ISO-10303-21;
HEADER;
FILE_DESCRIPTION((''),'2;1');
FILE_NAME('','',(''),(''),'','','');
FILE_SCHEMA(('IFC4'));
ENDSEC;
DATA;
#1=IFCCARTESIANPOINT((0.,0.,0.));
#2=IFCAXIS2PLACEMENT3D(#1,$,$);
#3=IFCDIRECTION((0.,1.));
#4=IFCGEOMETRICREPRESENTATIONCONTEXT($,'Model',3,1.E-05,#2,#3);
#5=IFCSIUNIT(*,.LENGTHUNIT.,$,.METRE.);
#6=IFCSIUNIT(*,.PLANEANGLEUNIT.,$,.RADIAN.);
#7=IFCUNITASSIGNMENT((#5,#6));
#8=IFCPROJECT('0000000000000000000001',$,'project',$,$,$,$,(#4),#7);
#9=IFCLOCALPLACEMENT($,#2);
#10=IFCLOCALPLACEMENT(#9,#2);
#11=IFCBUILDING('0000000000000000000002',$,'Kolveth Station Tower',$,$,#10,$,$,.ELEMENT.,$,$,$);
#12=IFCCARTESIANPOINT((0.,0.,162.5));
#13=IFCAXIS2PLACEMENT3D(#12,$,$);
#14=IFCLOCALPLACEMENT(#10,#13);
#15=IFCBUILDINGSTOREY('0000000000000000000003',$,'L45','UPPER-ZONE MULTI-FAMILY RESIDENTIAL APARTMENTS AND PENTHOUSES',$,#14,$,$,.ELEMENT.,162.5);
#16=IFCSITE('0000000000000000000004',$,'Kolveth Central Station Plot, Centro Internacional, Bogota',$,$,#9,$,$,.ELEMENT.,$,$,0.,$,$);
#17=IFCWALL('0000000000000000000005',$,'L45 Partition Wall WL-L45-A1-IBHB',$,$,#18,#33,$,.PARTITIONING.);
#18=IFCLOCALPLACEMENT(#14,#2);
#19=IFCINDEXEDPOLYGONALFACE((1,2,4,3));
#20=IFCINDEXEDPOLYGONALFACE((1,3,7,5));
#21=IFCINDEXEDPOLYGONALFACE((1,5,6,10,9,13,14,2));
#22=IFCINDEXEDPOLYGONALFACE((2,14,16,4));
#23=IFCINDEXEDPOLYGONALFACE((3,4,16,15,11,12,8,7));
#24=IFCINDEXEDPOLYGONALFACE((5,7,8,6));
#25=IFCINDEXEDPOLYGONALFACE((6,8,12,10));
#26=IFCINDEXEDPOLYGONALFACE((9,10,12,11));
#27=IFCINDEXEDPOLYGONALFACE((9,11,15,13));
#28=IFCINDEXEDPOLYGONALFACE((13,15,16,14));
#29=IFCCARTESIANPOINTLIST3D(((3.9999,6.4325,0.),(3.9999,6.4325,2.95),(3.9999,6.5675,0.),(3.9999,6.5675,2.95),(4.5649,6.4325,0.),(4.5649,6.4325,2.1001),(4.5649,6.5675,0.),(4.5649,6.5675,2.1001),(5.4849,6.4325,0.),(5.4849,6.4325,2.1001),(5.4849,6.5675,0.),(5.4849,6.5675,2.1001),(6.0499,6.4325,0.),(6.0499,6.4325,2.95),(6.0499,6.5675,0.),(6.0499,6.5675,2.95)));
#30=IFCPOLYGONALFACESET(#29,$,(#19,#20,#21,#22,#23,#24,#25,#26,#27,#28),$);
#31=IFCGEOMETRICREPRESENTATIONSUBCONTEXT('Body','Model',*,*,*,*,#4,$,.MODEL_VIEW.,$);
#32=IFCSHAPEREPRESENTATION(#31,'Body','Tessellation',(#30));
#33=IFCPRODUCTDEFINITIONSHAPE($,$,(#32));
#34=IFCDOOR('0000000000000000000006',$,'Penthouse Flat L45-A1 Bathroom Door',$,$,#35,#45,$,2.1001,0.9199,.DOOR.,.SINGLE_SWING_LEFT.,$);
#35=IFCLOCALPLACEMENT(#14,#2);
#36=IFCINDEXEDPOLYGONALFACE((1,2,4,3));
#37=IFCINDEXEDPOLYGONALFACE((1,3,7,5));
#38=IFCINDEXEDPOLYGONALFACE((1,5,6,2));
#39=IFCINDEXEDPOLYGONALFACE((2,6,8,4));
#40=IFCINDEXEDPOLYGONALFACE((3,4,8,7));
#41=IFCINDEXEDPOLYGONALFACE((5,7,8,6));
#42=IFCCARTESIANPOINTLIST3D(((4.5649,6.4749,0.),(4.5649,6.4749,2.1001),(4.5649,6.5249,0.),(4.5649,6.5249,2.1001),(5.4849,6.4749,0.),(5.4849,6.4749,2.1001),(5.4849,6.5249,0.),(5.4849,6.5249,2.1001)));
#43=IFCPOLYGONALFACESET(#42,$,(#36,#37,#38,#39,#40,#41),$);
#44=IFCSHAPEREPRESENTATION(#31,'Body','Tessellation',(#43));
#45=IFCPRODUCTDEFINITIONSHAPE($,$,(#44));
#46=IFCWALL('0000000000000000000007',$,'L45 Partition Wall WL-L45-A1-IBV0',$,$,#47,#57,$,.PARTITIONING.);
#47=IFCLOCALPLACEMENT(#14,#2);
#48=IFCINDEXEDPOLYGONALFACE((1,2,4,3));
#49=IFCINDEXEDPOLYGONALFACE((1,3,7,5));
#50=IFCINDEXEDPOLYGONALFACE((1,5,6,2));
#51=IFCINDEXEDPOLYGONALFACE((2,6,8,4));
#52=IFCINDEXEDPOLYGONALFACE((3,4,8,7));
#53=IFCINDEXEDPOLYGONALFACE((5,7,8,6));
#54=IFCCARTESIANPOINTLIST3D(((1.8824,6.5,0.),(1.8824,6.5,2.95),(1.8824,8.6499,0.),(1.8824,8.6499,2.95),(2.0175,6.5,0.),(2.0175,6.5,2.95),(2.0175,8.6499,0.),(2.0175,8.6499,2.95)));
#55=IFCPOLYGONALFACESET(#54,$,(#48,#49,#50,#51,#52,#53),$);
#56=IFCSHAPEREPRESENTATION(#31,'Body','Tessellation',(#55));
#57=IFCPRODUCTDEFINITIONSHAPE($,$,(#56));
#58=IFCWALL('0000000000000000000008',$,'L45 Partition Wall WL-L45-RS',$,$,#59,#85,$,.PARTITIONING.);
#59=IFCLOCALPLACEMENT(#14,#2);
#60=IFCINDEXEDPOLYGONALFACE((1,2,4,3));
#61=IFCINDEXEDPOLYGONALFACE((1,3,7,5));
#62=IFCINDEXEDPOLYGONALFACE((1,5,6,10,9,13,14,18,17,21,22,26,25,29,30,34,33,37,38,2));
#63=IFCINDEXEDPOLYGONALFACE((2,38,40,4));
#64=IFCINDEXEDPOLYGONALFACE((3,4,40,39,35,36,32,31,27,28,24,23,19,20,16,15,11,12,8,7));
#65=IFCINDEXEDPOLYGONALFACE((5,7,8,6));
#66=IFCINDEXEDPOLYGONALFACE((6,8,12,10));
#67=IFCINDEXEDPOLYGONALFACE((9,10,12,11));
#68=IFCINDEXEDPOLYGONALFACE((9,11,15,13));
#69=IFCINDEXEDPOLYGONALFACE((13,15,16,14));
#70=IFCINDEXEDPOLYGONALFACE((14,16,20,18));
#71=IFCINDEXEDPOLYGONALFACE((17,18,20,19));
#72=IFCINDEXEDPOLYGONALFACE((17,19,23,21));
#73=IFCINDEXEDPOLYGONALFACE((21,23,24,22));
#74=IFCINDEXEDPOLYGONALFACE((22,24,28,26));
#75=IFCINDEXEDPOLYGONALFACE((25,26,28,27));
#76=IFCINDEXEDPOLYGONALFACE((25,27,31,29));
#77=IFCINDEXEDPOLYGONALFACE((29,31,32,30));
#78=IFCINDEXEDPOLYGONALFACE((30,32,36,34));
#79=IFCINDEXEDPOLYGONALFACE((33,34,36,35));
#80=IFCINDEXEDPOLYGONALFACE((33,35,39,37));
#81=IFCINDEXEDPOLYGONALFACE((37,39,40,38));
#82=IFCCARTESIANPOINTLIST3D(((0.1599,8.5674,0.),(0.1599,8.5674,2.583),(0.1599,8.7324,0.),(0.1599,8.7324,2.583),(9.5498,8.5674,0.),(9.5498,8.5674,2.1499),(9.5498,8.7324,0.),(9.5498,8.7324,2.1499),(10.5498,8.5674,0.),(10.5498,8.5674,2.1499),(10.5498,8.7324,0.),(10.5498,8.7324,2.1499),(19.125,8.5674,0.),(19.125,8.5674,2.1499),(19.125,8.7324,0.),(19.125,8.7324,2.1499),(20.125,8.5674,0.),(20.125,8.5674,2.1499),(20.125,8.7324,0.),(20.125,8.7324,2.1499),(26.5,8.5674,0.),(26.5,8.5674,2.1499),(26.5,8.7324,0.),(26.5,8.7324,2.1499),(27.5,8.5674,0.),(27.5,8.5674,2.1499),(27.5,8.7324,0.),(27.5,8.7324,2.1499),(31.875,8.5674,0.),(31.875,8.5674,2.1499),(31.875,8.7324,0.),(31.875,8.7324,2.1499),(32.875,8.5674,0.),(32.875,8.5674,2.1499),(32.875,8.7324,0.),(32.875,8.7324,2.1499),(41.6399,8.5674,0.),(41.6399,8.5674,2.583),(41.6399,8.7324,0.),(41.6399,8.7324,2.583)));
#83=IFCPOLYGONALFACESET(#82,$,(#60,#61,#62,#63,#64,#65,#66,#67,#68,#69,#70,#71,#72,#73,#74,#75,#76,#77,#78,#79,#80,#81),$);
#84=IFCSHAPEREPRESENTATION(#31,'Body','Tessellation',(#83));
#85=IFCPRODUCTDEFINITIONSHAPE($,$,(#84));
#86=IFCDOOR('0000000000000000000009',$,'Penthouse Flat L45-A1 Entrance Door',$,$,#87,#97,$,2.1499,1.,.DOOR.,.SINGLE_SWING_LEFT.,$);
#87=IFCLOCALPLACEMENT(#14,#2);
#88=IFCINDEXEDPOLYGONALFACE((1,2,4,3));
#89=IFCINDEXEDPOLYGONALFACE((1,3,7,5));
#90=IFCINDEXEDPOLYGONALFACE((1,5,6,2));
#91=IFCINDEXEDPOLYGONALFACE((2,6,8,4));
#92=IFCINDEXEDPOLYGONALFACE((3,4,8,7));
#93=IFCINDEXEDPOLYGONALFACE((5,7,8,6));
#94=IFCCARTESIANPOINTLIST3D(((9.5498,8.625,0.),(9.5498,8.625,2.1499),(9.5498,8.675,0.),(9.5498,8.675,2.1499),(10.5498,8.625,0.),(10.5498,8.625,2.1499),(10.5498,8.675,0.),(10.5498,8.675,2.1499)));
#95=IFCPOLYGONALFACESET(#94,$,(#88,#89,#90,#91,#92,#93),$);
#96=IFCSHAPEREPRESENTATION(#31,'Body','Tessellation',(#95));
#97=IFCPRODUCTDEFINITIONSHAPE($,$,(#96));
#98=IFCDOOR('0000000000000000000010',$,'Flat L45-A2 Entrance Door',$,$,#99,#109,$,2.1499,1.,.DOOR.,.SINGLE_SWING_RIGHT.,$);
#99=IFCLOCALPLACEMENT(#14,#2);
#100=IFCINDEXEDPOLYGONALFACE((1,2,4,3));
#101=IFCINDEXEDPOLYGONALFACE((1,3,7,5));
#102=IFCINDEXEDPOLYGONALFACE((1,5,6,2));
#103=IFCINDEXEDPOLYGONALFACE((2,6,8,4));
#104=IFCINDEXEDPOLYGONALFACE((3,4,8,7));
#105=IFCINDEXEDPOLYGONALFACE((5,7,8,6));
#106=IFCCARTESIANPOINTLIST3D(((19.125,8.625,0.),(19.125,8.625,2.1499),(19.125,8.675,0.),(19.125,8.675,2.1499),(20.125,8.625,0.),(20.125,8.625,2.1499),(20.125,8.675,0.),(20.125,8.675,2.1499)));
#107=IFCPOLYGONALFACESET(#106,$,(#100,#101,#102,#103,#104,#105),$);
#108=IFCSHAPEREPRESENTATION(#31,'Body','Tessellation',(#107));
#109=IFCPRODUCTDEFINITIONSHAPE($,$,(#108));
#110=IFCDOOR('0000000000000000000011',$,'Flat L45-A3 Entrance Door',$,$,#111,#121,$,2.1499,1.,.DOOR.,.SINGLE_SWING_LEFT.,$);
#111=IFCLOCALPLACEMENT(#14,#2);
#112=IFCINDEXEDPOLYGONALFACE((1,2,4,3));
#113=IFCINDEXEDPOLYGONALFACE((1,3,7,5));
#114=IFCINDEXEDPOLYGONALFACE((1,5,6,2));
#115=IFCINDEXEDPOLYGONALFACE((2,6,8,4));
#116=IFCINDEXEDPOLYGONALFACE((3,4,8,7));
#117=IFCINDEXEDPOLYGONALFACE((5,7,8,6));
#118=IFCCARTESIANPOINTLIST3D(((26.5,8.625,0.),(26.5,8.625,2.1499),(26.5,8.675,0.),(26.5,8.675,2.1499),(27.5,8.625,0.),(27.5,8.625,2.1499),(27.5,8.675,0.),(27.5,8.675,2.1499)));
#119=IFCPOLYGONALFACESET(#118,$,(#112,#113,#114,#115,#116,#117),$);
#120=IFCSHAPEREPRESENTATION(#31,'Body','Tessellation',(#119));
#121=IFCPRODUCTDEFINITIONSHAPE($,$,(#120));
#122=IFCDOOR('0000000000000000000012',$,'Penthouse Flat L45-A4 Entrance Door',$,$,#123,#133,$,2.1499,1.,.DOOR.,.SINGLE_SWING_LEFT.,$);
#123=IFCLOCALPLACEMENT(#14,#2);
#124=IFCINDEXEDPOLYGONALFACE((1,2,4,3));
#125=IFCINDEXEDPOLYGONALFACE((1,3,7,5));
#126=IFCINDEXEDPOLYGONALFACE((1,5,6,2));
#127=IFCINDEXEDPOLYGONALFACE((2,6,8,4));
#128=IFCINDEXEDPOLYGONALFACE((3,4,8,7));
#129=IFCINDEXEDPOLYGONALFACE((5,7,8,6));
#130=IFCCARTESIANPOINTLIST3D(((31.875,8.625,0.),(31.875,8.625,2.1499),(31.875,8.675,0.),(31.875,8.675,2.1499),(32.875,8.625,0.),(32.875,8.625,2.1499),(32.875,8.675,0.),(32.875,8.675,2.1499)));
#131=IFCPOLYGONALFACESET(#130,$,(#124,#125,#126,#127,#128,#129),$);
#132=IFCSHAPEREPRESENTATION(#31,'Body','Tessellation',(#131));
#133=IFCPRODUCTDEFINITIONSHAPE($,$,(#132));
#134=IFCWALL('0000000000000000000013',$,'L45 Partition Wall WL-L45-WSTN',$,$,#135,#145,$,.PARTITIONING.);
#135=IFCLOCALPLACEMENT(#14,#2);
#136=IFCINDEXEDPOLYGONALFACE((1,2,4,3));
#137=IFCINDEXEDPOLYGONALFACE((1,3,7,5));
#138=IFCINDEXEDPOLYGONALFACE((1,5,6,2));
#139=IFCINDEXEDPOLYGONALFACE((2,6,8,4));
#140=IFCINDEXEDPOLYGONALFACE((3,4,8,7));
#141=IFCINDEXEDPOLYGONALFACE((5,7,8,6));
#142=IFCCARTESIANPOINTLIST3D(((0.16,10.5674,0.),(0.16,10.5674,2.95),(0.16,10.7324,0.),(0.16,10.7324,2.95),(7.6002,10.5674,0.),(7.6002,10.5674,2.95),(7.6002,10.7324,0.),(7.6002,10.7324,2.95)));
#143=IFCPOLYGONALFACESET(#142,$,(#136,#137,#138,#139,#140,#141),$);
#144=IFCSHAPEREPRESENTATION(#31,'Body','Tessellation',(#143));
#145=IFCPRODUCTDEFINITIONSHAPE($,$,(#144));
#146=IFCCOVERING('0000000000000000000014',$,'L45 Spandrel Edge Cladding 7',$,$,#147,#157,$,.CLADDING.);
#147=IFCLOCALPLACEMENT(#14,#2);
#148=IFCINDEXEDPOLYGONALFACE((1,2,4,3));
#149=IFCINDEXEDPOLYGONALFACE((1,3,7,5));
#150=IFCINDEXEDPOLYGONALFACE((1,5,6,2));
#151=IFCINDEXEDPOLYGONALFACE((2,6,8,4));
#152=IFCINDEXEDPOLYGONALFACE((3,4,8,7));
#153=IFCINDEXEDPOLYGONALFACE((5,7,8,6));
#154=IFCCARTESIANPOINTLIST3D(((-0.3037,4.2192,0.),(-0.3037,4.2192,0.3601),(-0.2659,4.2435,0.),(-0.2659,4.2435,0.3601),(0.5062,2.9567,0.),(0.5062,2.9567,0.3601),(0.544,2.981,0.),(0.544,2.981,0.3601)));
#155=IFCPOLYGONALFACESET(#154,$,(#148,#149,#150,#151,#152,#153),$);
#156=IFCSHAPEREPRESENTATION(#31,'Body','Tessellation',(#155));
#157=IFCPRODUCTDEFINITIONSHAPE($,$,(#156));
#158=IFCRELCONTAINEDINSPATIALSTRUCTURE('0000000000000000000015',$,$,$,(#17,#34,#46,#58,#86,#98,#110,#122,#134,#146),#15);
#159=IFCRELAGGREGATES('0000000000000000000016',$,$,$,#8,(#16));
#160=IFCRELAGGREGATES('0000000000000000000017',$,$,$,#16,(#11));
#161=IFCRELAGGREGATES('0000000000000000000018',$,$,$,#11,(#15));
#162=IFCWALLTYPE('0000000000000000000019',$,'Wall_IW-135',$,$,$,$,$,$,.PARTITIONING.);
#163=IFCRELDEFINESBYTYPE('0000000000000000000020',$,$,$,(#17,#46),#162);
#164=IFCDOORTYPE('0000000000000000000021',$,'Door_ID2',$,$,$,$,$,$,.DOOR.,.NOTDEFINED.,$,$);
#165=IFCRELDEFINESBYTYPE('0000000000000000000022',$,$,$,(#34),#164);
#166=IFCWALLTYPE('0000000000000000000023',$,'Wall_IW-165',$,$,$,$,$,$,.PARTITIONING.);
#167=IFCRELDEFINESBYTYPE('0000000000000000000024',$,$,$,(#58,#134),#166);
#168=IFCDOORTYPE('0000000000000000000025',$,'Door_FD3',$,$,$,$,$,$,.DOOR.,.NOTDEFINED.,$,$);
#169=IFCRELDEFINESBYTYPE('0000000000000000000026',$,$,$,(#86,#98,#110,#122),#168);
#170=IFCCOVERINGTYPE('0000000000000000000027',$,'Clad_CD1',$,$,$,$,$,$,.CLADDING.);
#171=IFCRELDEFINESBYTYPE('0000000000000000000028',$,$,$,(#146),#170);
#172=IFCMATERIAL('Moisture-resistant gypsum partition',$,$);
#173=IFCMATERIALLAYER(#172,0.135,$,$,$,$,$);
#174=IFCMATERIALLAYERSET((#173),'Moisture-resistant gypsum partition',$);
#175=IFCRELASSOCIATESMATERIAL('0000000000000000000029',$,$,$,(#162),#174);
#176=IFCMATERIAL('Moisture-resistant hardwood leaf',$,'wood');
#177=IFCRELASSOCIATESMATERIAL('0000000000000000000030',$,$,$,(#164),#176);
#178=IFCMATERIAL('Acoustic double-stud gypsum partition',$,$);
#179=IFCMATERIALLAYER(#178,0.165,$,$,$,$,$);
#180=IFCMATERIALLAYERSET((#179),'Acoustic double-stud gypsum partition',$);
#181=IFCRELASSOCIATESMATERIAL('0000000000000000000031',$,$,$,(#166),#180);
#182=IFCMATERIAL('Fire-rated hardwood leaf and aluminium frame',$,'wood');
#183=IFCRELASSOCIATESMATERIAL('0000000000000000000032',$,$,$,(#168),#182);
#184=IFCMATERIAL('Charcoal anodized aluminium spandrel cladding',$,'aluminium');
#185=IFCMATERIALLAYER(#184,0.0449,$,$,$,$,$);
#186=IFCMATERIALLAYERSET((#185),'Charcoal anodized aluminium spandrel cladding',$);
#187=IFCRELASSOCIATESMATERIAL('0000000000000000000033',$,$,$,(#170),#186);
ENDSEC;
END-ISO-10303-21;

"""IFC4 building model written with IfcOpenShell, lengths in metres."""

from ifc_helpers import new_model, si_unit, direction, frame, frame_2d, origin, origin_2d, place, context, subcontext, project, spatial, rectangle, extrude, source, transform, mapped, material, layer, layer_set, type_object, element, fill, save


model = new_model("IFC4")

# Units and contexts
model_context = context("Model", 3, precision=1e-05, world=origin(), true_north=direction((0.0, 1.0)))
body_context = subcontext(model_context, "Body", "Model", "MODEL_VIEW")
ifc_project = project(units=[si_unit("LENGTHUNIT", "METRE"), si_unit("PLANEANGLEUNIT", "RADIAN")], contexts=[model_context])

# Site, building, storey
site_placement = place(None, origin())
site = spatial("IfcSite", under=ifc_project, at=site_placement, Name="Kolveth Central Station Plot, Centro Internacional, Bogota", CompositionType="ELEMENT", RefElevation=0.0)
building_placement = place(site_placement, origin())
building = spatial("IfcBuilding", under=site, at=building_placement, Name="Kolveth Station Tower", CompositionType="ELEMENT")
storey_placement = place(building_placement, frame((0.0, 0.0, 162.5)))
storey = spatial("IfcBuildingStorey", under=building, at=storey_placement, Name="L45", Description="UPPER-ZONE MULTI-FAMILY RESIDENTIAL APARTMENTS AND PENTHOUSES", CompositionType="ELEMENT", Elevation=162.5)

# Wall, opening, door
ifc_material_1 = material(Name="Moisture-resistant gypsum partition")
ifc_layer_1 = layer(ifc_material_1, 0.135)
ifc_layer_set_1 = layer_set([ifc_layer_1], Name="Moisture-resistant gypsum partition")
wall_type_1 = type_object("IfcWallType", Name="Wall_IW-135", PredefinedType="PARTITIONING", material=ifc_layer_set_1)
wall_1_placement = place(storey_placement, frame((4.0, 6.5, 0.0), z_axis=(0.0, 0.0, 1.0), x_axis=(1.0, 0.0, 0.0)))
wall_1 = element("IfcWall", 1, at=wall_1_placement, inside=storey, type_object=wall_type_1, Name="L45 Partition Wall WL-L45-A1-IBHB", PredefinedType="PARTITIONING", context=body_context, shape_type="SweptSolid", body=[
    extrude(rectangle(XDim=2.05, YDim=0.135, at=frame_2d((1.0249, 0.0))), origin(), (0.0, 0.0, 1.0), 2.95),
])
opening_1_placement = place(wall_1_placement, frame((0.5649, 0.0, 0.0)))
opening_1 = element("IfcOpeningElement", 2, at=opening_1_placement, cuts=wall_1, PredefinedType="OPENING", context=body_context, shape_type="SweptSolid", body=[
    extrude(rectangle(XDim=0.9199, YDim=2.1001, at=frame_2d((0.46, 1.05))), frame((0.0, 0.0774, 0.0), z_axis=(0.0, -1.0, 0.0), x_axis=(1.0, 0.0, 0.0)), (0.0, 0.0, 1.0), 0.155),
])
ifc_material_2 = material(Name="Moisture-resistant hardwood leaf", Category="wood")
door_type_1 = type_object("IfcDoorType", Name="Door_ID2", OperationType="NOTDEFINED", PredefinedType="DOOR", material=ifc_material_2)
door_1_placement = place(opening_1_placement, origin())
door_1 = element("IfcDoor", 3, at=door_1_placement, inside=storey, type_object=door_type_1, Name="Penthouse Flat L45-A1 Bathroom Door", OperationType="SINGLE_SWING_LEFT", OverallHeight=2.1001, OverallWidth=0.9199, PredefinedType="DOOR", context=body_context, shape_type="SweptSolid", body=[
    extrude(rectangle(XDim=0.9199, YDim=2.1001, at=frame_2d((0.46, 1.05))), frame((0.0, 0.0249, 0.0), z_axis=(0.0, -1.0, 0.0), x_axis=(1.0, 0.0, 0.0)), (0.0, 0.0, 1.0), 0.05),
])
fill(opening_1, door_1)

# Wall
wall_2_placement = place(storey_placement, frame((1.95, 6.5, 0.0), z_axis=(0.0, 0.0, 1.0), x_axis=(0.0, 1.0, 0.0)))
element("IfcWall", 4, at=wall_2_placement, inside=storey, type_object=wall_type_1, Name="L45 Partition Wall WL-L45-A1-IBV0", PredefinedType="PARTITIONING", context=body_context, shape_type="SweptSolid", body=[
    extrude(rectangle(XDim=2.1499, YDim=0.135, at=frame_2d((1.075, 0.0))), origin(), (0.0, 0.0, 1.0), 2.95),
])

# Wall, openings, doors
ifc_material_3 = material(Name="Acoustic double-stud gypsum partition")
ifc_layer_2 = layer(ifc_material_3, 0.165)
ifc_layer_set_2 = layer_set([ifc_layer_2], Name="Acoustic double-stud gypsum partition")
wall_type_2 = type_object("IfcWallType", Name="Wall_IW-165", PredefinedType="PARTITIONING", material=ifc_layer_set_2)
wall_3_placement = place(storey_placement, frame((0.1599, 8.6499, 0.0), z_axis=(0.0, 0.0, 1.0), x_axis=(1.0, 0.0, 0.0)))
wall_3 = element("IfcWall", 5, at=wall_3_placement, inside=storey, type_object=wall_type_2, Name="L45 Partition Wall WL-L45-RS", PredefinedType="PARTITIONING", context=body_context, shape_type="SweptSolid", body=[
    extrude(rectangle(XDim=41.48, YDim=0.165, at=frame_2d((20.74, 0.0))), origin(), (0.0, 0.0, 1.0), 2.583),
])
opening_2_placement = place(wall_3_placement, frame((9.3899, 0.0, 0.0)))
opening_2 = element("IfcOpeningElement", 6, at=opening_2_placement, cuts=wall_3, PredefinedType="OPENING", context=body_context, shape_type="SweptSolid", body=[
    extrude(rectangle(XDim=1.0, YDim=2.1499, at=frame_2d((0.5, 1.075))), frame((0.0, 0.0925, 0.0), z_axis=(0.0, -1.0, 0.0), x_axis=(1.0, 0.0, 0.0)), (0.0, 0.0, 1.0), 0.1851),
])
opening_3_placement = place(wall_3_placement, frame((18.9651, 0.0, 0.0)))
opening_3 = element("IfcOpeningElement", 7, at=opening_3_placement, cuts=wall_3, PredefinedType="OPENING", context=body_context, shape_type="SweptSolid", body=[
    extrude(rectangle(XDim=1.0, YDim=2.1499, at=frame_2d((0.5, 1.075))), frame((0.0, 0.0925, 0.0), z_axis=(0.0, -1.0, 0.0), x_axis=(1.0, 0.0, 0.0)), (0.0, 0.0, 1.0), 0.1851),
])
opening_4_placement = place(wall_3_placement, frame((26.3401, 0.0, 0.0)))
opening_4 = element("IfcOpeningElement", 8, at=opening_4_placement, cuts=wall_3, PredefinedType="OPENING", context=body_context, shape_type="SweptSolid", body=[
    extrude(rectangle(XDim=1.0, YDim=2.1499, at=frame_2d((0.5, 1.075))), frame((0.0, 0.0925, 0.0), z_axis=(0.0, -1.0, 0.0), x_axis=(1.0, 0.0, 0.0)), (0.0, 0.0, 1.0), 0.1851),
])
opening_5_placement = place(wall_3_placement, frame((31.7151, 0.0, 0.0)))
opening_5 = element("IfcOpeningElement", 9, at=opening_5_placement, cuts=wall_3, PredefinedType="OPENING", context=body_context, shape_type="SweptSolid", body=[
    extrude(rectangle(XDim=1.0, YDim=2.1499, at=frame_2d((0.5, 1.075))), frame((0.0, 0.0925, 0.0), z_axis=(0.0, -1.0, 0.0), x_axis=(1.0, 0.0, 0.0)), (0.0, 0.0, 1.0), 0.1851),
])
ifc_material_4 = material(Name="Fire-rated hardwood leaf and aluminium frame", Category="wood")
door_type_2 = type_object("IfcDoorType", Name="Door_FD3", OperationType="NOTDEFINED", PredefinedType="DOOR", material=ifc_material_4)
door_2_placement = place(opening_2_placement, frame((1.0, 0.0, 0.0), z_axis=(0.0, 0.0, 1.0), x_axis=(-1.0, 0.0, 0.0)))
door_2 = element("IfcDoor", 10, at=door_2_placement, inside=storey, type_object=door_type_2, Name="Penthouse Flat L45-A1 Entrance Door", OperationType="SINGLE_SWING_LEFT", OverallHeight=2.1499, OverallWidth=1.0, PredefinedType="DOOR", context=body_context, shape_type="SweptSolid", body=[
    extrude(rectangle(XDim=1.0, YDim=2.1499, at=frame_2d((0.5, 1.075))), frame((0.0, 0.0249, 0.0), z_axis=(0.0, -1.0, 0.0), x_axis=(1.0, 0.0, 0.0)), (0.0, 0.0, 1.0), 0.05),
])
fill(opening_2, door_2)
door_3_placement = place(opening_3_placement, frame((1.0, 0.0, 0.0), z_axis=(0.0, 0.0, 1.0), x_axis=(-1.0, 0.0, 0.0)))
door_3 = element("IfcDoor", 11, at=door_3_placement, inside=storey, type_object=door_type_2, Name="Flat L45-A2 Entrance Door", OperationType="SINGLE_SWING_RIGHT", OverallHeight=2.1499, OverallWidth=1.0, PredefinedType="DOOR", context=body_context, shape_type="SweptSolid", body=[
    extrude(rectangle(XDim=1.0, YDim=2.1499, at=frame_2d((0.5, 1.075))), frame((0.0, 0.0249, 0.0), z_axis=(0.0, -1.0, 0.0), x_axis=(1.0, 0.0, 0.0)), (0.0, 0.0, 1.0), 0.05),
])
fill(opening_3, door_3)
door_4_placement = place(opening_4_placement, frame((1.0, 0.0, 0.0), z_axis=(0.0, 0.0, 1.0), x_axis=(-1.0, 0.0, 0.0)))
door_4 = element("IfcDoor", 12, at=door_4_placement, inside=storey, type_object=door_type_2, Name="Flat L45-A3 Entrance Door", OperationType="SINGLE_SWING_LEFT", OverallHeight=2.1499, OverallWidth=1.0, PredefinedType="DOOR", context=body_context, shape_type="SweptSolid", body=[
    extrude(rectangle(XDim=1.0, YDim=2.1499, at=frame_2d((0.5, 1.075))), frame((0.0, 0.0249, 0.0), z_axis=(0.0, -1.0, 0.0), x_axis=(1.0, 0.0, 0.0)), (0.0, 0.0, 1.0), 0.05),
])
fill(opening_4, door_4)
door_5_placement = place(opening_5_placement, frame((1.0, 0.0, 0.0), z_axis=(0.0, 0.0, 1.0), x_axis=(-1.0, 0.0, 0.0)))
door_5 = element("IfcDoor", 13, at=door_5_placement, inside=storey, type_object=door_type_2, Name="Penthouse Flat L45-A4 Entrance Door", OperationType="SINGLE_SWING_LEFT", OverallHeight=2.1499, OverallWidth=1.0, PredefinedType="DOOR", context=body_context, shape_type="SweptSolid", body=[
    extrude(rectangle(XDim=1.0, YDim=2.1499, at=frame_2d((0.5, 1.075))), frame((0.0, 0.0249, 0.0), z_axis=(0.0, -1.0, 0.0), x_axis=(1.0, 0.0, 0.0)), (0.0, 0.0, 1.0), 0.05),
])
fill(opening_5, door_5)

# Wall
wall_4_placement = place(storey_placement, frame((0.1599, 10.6499, 0.0), z_axis=(0.0, 0.0, 1.0), x_axis=(1.0, 0.0, 0.0)))
element("IfcWall", 14, at=wall_4_placement, inside=storey, type_object=wall_type_2, Name="L45 Partition Wall WL-L45-WSTN", PredefinedType="PARTITIONING", context=body_context, shape_type="SweptSolid", body=[
    extrude(rectangle(XDim=7.4402, YDim=0.165, at=frame_2d((3.7202, 0.0))), origin(), (0.0, 0.0, 1.0), 2.95),
])

# Covering
ifc_material_5 = material(Name="Charcoal anodized aluminium spandrel cladding", Category="aluminium")
ifc_layer_3 = layer(ifc_material_5, 0.0449)
ifc_layer_set_3 = layer_set([ifc_layer_3], Name="Charcoal anodized aluminium spandrel cladding")
covering_type = type_object("IfcCoveringType", Name="Clad_CD1", PredefinedType="CLADDING", material=ifc_layer_set_3)
shared_shape_1 = source(origin(), body_context, "Body", "SweptSolid", [
    extrude(rectangle(XDim=1.5, YDim=0.0449, at=origin_2d()), origin(), (0.0, 0.0, 1.0), 0.3601),
])
covering_placement = place(storey_placement, frame((0.1201, 3.6001, 0.0), z_axis=(0.0, 0.0, 1.0), x_axis=(0.539947, -0.841699, 0.0)))
element("IfcCovering", 15, at=covering_placement, inside=storey, type_object=covering_type, Name="L45 Spandrel Edge Cladding 7", PredefinedType="CLADDING", context=body_context, shape_type="MappedRepresentation", body=[
    mapped(shared_shape_1, transform((0.0, 0.0, 0.0), x_axis=(1.0, 0.0, 0.0), y_axis=(0.0, 1.0, 0.0), z_axis=(0.0, 0.0, 1.0), scale=1.0)),
])

save(model, "model.ifc")
